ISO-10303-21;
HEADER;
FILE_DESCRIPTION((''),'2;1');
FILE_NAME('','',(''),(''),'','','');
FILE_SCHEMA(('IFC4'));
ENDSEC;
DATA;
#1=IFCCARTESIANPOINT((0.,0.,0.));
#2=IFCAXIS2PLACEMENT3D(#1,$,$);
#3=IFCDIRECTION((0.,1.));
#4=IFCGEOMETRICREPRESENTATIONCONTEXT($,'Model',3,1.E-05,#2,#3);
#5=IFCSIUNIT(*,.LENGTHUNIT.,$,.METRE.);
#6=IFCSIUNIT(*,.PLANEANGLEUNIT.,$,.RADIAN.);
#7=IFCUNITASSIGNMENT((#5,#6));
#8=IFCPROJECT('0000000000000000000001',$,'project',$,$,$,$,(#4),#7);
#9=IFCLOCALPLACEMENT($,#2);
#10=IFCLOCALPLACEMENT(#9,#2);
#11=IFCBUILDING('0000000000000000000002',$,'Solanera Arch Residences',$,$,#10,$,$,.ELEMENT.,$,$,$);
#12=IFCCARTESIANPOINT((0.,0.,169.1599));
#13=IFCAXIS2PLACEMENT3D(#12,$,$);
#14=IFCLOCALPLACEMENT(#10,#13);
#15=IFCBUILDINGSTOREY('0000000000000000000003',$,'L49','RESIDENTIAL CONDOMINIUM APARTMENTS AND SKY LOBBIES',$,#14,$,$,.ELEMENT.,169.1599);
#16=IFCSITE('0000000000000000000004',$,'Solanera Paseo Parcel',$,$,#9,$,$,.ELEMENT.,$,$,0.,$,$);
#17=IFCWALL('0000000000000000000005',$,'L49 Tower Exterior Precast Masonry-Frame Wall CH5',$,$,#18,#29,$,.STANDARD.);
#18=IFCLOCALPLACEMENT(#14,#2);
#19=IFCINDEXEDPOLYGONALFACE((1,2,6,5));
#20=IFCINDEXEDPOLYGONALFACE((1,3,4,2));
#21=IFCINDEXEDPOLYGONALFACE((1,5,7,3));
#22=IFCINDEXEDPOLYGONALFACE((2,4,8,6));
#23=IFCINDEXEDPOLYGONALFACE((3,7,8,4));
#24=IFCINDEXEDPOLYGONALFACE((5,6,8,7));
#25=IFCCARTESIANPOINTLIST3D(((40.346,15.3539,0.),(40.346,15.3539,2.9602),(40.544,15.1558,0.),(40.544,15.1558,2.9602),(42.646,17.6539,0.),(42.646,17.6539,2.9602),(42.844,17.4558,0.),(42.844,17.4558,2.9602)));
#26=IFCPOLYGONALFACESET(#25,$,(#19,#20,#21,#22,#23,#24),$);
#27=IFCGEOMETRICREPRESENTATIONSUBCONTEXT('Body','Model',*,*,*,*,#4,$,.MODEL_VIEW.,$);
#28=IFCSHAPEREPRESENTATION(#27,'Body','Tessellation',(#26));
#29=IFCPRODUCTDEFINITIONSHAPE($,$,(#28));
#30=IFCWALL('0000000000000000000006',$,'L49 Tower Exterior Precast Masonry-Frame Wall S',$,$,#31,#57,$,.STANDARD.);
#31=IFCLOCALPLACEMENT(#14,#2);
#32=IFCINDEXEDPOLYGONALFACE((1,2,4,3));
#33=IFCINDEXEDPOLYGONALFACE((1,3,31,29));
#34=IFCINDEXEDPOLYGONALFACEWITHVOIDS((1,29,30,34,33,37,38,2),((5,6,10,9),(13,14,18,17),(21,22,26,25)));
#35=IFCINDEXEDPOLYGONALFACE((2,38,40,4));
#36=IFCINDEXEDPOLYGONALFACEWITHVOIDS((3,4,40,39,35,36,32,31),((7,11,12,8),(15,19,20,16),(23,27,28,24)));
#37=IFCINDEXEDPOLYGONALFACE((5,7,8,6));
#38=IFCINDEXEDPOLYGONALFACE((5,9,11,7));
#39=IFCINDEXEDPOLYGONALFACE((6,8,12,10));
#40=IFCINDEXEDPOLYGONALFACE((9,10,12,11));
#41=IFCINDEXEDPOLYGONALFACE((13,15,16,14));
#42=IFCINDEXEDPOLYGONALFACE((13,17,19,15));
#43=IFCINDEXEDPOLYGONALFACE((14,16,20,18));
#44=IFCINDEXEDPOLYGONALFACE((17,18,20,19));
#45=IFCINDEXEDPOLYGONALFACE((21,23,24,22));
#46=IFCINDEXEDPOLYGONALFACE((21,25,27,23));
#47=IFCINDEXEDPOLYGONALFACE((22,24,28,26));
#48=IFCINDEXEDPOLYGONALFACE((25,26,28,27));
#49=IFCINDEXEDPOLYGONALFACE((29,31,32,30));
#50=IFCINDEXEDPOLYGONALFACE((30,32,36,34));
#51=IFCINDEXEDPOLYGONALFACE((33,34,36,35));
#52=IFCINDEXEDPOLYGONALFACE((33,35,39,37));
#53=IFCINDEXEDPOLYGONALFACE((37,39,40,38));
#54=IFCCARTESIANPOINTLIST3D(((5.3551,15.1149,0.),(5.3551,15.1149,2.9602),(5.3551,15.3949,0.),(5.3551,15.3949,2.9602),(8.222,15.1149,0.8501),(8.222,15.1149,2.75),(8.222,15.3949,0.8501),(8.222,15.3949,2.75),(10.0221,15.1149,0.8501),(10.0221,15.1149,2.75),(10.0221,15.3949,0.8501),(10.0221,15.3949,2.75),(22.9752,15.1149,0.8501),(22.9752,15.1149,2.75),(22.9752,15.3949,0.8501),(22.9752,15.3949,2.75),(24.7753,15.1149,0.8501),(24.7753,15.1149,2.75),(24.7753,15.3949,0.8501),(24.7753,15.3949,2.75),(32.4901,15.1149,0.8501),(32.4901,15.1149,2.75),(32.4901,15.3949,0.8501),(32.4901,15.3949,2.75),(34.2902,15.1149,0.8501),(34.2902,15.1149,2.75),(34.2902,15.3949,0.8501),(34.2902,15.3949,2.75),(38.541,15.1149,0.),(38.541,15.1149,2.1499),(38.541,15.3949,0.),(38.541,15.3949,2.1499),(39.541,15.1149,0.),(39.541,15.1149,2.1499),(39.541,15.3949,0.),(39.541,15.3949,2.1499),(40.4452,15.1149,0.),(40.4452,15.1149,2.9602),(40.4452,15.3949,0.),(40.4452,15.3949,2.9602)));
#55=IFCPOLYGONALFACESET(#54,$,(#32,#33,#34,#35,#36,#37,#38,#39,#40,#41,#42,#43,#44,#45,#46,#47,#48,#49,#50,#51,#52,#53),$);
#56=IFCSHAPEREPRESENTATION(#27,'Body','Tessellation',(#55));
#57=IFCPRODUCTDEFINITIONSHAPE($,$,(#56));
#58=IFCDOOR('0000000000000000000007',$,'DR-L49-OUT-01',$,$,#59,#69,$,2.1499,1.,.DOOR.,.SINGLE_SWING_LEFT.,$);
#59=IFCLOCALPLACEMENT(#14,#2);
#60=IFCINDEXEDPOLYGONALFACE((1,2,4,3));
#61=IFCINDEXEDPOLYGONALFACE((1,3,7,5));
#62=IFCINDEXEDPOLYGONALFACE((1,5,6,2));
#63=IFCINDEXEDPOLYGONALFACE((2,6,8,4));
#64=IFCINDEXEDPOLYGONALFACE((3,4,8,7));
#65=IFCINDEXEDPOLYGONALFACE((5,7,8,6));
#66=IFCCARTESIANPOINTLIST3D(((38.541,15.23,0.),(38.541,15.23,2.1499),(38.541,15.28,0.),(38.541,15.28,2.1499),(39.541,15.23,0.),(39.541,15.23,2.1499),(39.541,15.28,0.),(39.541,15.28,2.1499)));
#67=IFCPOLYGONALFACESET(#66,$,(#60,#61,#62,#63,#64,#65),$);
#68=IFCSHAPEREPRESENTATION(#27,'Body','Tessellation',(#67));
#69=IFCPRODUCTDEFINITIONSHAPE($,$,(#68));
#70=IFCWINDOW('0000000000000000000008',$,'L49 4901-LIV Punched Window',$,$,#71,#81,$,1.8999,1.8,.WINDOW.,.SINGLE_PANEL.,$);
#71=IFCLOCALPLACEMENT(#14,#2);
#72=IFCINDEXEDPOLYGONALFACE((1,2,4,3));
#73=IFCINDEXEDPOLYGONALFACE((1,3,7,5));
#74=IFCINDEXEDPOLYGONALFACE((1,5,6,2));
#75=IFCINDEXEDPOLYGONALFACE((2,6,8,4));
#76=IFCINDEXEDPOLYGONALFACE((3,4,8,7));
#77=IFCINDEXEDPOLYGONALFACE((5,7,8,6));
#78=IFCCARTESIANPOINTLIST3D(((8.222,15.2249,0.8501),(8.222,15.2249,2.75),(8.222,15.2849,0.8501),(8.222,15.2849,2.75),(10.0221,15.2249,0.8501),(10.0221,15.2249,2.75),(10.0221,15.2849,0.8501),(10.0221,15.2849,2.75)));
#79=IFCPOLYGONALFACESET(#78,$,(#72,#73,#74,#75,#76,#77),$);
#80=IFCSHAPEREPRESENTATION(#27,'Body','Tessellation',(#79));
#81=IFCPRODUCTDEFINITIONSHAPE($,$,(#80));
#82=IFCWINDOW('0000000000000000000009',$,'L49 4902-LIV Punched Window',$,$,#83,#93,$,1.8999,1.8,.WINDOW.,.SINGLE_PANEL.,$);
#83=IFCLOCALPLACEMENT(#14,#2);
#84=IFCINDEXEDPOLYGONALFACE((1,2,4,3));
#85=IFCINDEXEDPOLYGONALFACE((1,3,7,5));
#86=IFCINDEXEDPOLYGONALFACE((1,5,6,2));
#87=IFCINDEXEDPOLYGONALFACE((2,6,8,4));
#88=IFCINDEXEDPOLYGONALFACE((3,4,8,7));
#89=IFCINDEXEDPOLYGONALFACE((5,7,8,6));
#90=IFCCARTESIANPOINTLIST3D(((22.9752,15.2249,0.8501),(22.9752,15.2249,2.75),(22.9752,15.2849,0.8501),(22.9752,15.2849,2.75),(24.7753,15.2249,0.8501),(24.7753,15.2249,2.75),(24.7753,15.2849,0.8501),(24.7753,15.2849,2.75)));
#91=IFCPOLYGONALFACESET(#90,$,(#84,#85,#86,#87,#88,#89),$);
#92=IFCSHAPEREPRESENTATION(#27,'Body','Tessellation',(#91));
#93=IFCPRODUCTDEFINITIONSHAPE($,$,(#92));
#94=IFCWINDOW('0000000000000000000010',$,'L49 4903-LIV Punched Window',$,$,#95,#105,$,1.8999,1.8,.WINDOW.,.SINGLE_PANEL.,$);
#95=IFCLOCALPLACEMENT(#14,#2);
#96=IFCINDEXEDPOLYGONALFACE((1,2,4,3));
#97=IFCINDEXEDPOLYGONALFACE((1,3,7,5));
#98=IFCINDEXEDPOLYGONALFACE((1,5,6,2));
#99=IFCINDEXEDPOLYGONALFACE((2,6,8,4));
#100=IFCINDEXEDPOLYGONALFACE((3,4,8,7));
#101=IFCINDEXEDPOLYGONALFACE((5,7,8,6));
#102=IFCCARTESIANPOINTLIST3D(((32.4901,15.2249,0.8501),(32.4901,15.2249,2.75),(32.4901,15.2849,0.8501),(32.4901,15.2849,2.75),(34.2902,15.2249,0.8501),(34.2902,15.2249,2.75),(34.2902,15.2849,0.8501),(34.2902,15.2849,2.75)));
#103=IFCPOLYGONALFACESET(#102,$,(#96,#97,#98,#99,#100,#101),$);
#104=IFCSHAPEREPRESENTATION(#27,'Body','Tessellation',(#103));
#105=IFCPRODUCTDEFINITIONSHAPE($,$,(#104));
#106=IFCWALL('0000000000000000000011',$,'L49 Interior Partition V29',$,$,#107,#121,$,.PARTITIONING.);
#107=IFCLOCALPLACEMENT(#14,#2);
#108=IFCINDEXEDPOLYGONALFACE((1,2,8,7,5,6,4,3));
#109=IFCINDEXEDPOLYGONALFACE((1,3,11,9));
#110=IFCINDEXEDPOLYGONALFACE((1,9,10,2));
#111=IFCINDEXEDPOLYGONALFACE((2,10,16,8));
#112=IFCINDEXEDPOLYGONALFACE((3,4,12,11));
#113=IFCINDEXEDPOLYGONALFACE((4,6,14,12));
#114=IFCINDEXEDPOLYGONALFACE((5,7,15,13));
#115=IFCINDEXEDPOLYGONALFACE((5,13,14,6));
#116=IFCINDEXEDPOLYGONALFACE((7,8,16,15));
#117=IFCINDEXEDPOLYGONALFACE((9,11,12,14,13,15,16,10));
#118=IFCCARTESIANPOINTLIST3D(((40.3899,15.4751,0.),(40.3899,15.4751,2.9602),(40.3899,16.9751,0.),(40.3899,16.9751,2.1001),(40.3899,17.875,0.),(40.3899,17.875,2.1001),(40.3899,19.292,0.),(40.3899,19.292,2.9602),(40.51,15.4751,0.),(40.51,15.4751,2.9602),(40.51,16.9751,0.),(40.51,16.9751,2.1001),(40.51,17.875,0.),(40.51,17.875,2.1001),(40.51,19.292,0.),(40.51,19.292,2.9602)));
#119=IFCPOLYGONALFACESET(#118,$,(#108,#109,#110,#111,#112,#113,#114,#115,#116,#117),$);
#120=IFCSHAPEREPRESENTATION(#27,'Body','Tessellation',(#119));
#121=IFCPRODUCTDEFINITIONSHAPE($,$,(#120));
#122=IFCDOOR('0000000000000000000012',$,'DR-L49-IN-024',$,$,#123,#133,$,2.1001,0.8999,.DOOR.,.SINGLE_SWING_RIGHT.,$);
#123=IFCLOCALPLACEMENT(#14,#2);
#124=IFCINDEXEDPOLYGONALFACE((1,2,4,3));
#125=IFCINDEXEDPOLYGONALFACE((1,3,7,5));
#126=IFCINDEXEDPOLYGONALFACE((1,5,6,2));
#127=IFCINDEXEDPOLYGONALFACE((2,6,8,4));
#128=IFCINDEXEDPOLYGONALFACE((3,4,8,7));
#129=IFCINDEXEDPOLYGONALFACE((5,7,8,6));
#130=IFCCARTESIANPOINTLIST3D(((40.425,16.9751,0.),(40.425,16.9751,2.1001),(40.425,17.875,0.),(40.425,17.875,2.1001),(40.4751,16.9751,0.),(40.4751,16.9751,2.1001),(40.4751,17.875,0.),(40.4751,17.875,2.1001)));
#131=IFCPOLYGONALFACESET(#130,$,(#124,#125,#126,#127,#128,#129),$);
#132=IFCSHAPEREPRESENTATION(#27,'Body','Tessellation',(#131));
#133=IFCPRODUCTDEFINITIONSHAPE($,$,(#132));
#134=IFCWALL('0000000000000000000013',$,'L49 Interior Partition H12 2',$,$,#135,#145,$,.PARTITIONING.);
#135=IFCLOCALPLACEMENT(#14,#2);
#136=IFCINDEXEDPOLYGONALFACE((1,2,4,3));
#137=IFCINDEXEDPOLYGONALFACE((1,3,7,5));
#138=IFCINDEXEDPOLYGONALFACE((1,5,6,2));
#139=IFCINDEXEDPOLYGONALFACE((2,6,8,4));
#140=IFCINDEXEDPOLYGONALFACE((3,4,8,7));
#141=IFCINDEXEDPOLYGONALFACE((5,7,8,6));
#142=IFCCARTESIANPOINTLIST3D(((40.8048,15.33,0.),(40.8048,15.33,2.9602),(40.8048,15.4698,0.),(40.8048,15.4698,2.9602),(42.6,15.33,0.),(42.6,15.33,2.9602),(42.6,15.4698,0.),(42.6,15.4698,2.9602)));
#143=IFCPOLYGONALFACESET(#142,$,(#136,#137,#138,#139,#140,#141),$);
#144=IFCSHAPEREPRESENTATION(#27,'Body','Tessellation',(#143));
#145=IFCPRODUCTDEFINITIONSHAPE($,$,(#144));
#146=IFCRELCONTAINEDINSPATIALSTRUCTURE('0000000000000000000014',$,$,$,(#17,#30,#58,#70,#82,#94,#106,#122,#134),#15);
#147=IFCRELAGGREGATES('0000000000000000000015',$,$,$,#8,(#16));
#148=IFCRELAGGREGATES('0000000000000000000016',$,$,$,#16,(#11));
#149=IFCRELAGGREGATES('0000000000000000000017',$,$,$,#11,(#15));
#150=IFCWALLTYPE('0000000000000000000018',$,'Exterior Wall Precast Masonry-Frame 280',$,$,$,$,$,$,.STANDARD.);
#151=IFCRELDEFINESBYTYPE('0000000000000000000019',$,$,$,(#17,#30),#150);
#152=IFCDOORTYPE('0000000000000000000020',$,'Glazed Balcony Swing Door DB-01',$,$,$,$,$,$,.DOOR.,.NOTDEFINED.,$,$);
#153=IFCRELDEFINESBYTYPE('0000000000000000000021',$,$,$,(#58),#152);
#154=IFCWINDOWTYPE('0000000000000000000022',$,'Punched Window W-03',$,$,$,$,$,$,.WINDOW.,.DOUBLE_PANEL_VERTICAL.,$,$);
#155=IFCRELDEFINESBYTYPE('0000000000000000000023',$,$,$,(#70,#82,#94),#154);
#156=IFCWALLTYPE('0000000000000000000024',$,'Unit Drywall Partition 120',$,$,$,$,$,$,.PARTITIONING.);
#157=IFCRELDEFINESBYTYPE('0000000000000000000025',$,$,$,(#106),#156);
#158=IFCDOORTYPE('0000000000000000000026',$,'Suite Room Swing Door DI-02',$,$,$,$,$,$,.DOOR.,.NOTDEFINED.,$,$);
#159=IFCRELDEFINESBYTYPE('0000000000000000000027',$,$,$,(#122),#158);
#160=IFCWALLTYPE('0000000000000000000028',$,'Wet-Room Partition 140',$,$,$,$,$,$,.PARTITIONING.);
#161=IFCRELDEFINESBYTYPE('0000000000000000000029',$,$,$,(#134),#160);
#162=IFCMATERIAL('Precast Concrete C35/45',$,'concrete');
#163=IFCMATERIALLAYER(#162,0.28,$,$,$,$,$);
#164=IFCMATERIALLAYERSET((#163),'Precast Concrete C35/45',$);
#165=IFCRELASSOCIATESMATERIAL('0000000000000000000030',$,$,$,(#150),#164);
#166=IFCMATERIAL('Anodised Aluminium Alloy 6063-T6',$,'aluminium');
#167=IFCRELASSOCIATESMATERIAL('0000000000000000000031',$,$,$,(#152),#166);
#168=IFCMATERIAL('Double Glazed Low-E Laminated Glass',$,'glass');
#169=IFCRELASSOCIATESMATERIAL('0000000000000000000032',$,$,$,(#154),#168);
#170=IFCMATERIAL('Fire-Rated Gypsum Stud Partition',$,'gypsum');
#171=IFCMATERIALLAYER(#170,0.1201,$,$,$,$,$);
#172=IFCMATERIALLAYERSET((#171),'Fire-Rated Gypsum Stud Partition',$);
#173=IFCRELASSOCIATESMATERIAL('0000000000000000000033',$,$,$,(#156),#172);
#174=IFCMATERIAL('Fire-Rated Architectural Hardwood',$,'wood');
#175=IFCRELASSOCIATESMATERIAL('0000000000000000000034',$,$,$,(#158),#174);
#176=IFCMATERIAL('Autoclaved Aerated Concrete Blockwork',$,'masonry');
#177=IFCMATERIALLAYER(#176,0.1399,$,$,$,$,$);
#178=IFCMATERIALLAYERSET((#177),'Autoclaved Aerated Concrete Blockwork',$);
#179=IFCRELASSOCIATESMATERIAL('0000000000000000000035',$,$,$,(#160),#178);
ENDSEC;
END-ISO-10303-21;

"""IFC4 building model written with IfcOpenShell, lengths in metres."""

from ifc_helpers import new_model, si_unit, direction, frame, frame_2d, origin, place, context, subcontext, project, spatial, rectangle, extrude, material, layer, layer_set, type_object, element, fill, save


model = new_model("IFC4")

# Units and contexts
model_context = context("Model", 3, precision=1e-05, world=origin(), true_north=direction((0.0, 1.0)))
body_context = subcontext(model_context, "Body", "Model", "MODEL_VIEW")
ifc_project = project(units=[si_unit("LENGTHUNIT", "METRE"), si_unit("PLANEANGLEUNIT", "RADIAN")], contexts=[model_context])

# Site, building, storey
site_placement = place(None, origin())
site = spatial("IfcSite", under=ifc_project, at=site_placement, Name="Solanera Paseo Parcel", CompositionType="ELEMENT", RefElevation=0.0)
building_placement = place(site_placement, origin())
building = spatial("IfcBuilding", under=site, at=building_placement, Name="Solanera Arch Residences", CompositionType="ELEMENT")
storey_placement = place(building_placement, frame((0.0, 0.0, 169.1599)))
storey = spatial("IfcBuildingStorey", under=building, at=storey_placement, Name="L49", Description="RESIDENTIAL CONDOMINIUM APARTMENTS AND SKY LOBBIES", CompositionType="ELEMENT", Elevation=169.1599)

# Wall
ifc_material_1 = material(Name="Precast Concrete C35/45", Category="concrete")
ifc_layer_1 = layer(ifc_material_1, 0.28)
ifc_layer_set_1 = layer_set([ifc_layer_1], Name="Precast Concrete C35/45")
wall_type_1 = type_object("IfcWallType", Name="Exterior Wall Precast Masonry-Frame 280", PredefinedType="STANDARD", material=ifc_layer_set_1)
wall_1_placement = place(storey_placement, frame((42.7451, 17.5549, 0.0), z_axis=(0.0, 0.0, 1.0), x_axis=(-0.707107, -0.707107, 0.0)))
element("IfcWall", 1, at=wall_1_placement, inside=storey, type_object=wall_type_1, Name="L49 Tower Exterior Precast Masonry-Frame Wall CH5", PredefinedType="STANDARD", context=body_context, shape_type="SweptSolid", body=[
    extrude(rectangle(XDim=3.2527, YDim=0.28, at=frame_2d((1.6265, 0.0))), origin(), (0.0, 0.0, 1.0), 2.9602),
])

# Wall, openings, door, windows
wall_2_placement = place(storey_placement, frame((40.4451, 15.2549, 0.0), z_axis=(0.0, 0.0, 1.0), x_axis=(-1.0, 0.0, 0.0)))
wall_2 = element("IfcWall", 2, at=wall_2_placement, inside=storey, type_object=wall_type_1, Name="L49 Tower Exterior Precast Masonry-Frame Wall S", PredefinedType="STANDARD", context=body_context, shape_type="SweptSolid", body=[
    extrude(rectangle(XDim=35.0901, YDim=0.28, at=frame_2d((17.5449, 0.0))), origin(), (0.0, 0.0, 1.0), 2.9602),
])
opening_1_placement = place(wall_2_placement, frame((0.9041, 0.0, 0.0)))
opening_1 = element("IfcOpeningElement", 3, at=opening_1_placement, cuts=wall_2, PredefinedType="OPENING", context=body_context, shape_type="SweptSolid", body=[
    extrude(rectangle(XDim=1.0, YDim=2.1499, at=frame_2d((0.5, 1.075))), frame((0.0, 0.1499, 0.0), z_axis=(0.0, -1.0, 0.0), x_axis=(1.0, 0.0, 0.0)), (0.0, 0.0, 1.0), 0.3),
])
opening_2_placement = place(wall_2_placement, frame((30.4231, 0.0, 0.8501)))
opening_2 = element("IfcOpeningElement", 4, at=opening_2_placement, cuts=wall_2, PredefinedType="OPENING", context=body_context, shape_type="SweptSolid", body=[
    extrude(rectangle(XDim=1.8, YDim=1.8999, at=frame_2d((0.8999, 0.95))), frame((0.0, 0.1499, 0.0), z_axis=(0.0, -1.0, 0.0), x_axis=(1.0, 0.0, 0.0)), (0.0, 0.0, 1.0), 0.3),
])
opening_3_placement = place(wall_2_placement, frame((15.6699, 0.0, 0.8501)))
opening_3 = element("IfcOpeningElement", 5, at=opening_3_placement, cuts=wall_2, PredefinedType="OPENING", context=body_context, shape_type="SweptSolid", body=[
    extrude(rectangle(XDim=1.8, YDim=1.8999, at=frame_2d((0.8999, 0.95))), frame((0.0, 0.1499, 0.0), z_axis=(0.0, -1.0, 0.0), x_axis=(1.0, 0.0, 0.0)), (0.0, 0.0, 1.0), 0.3),
])
opening_4_placement = place(wall_2_placement, frame((6.155, 0.0, 0.8501)))
opening_4 = element("IfcOpeningElement", 6, at=opening_4_placement, cuts=wall_2, PredefinedType="OPENING", context=body_context, shape_type="SweptSolid", body=[
    extrude(rectangle(XDim=1.8, YDim=1.8999, at=frame_2d((0.8999, 0.95))), frame((0.0, 0.1499, 0.0), z_axis=(0.0, -1.0, 0.0), x_axis=(1.0, 0.0, 0.0)), (0.0, 0.0, 1.0), 0.3),
])
ifc_material_2 = material(Name="Anodised Aluminium Alloy 6063-T6", Category="aluminium")
door_type_1 = type_object("IfcDoorType", Name="Glazed Balcony Swing Door DB-01", OperationType="NOTDEFINED", PredefinedType="DOOR", material=ifc_material_2)
door_1_placement = place(opening_1_placement, origin())
door_1 = element("IfcDoor", 7, at=door_1_placement, inside=storey, type_object=door_type_1, Name="DR-L49-OUT-01", OperationType="SINGLE_SWING_LEFT", OverallHeight=2.1499, OverallWidth=1.0, PredefinedType="DOOR", context=body_context, shape_type="SweptSolid", body=[
    extrude(rectangle(XDim=1.0, YDim=2.1499, at=frame_2d((0.5, 1.075))), frame((0.0, 0.0249, 0.0), z_axis=(0.0, -1.0, 0.0), x_axis=(1.0, 0.0, 0.0)), (0.0, 0.0, 1.0), 0.05),
])
fill(opening_1, door_1)
ifc_material_3 = material(Name="Double Glazed Low-E Laminated Glass", Category="glass")
window_type = type_object("IfcWindowType", Name="Punched Window W-03", PartitioningType="DOUBLE_PANEL_VERTICAL", PredefinedType="WINDOW", material=ifc_material_3)
window_1_placement = place(opening_2_placement, origin())
window_1 = element("IfcWindow", 8, at=window_1_placement, inside=storey, type_object=window_type, Name="L49 4901-LIV Punched Window", OverallHeight=1.8999, OverallWidth=1.8, PartitioningType="SINGLE_PANEL", PredefinedType="WINDOW", context=body_context, shape_type="SweptSolid", body=[
    extrude(rectangle(XDim=1.8, YDim=1.8999, at=frame_2d((0.8999, 0.95))), frame((0.0, 0.03, 0.0), z_axis=(0.0, -1.0, 0.0), x_axis=(1.0, 0.0, 0.0)), (0.0, 0.0, 1.0), 0.0601),
])
fill(opening_2, window_1)
window_2_placement = place(opening_3_placement, origin())
window_2 = element("IfcWindow", 9, at=window_2_placement, inside=storey, type_object=window_type, Name="L49 4902-LIV Punched Window", OverallHeight=1.8999, OverallWidth=1.8, PartitioningType="SINGLE_PANEL", PredefinedType="WINDOW", context=body_context, shape_type="SweptSolid", body=[
    extrude(rectangle(XDim=1.8, YDim=1.8999, at=frame_2d((0.8999, 0.95))), frame((0.0, 0.03, 0.0), z_axis=(0.0, -1.0, 0.0), x_axis=(1.0, 0.0, 0.0)), (0.0, 0.0, 1.0), 0.0601),
])
fill(opening_3, window_2)
window_3_placement = place(opening_4_placement, origin())
window_3 = element("IfcWindow", 10, at=window_3_placement, inside=storey, type_object=window_type, Name="L49 4903-LIV Punched Window", OverallHeight=1.8999, OverallWidth=1.8, PartitioningType="SINGLE_PANEL", PredefinedType="WINDOW", context=body_context, shape_type="SweptSolid", body=[
    extrude(rectangle(XDim=1.8, YDim=1.8999, at=frame_2d((0.8999, 0.95))), frame((0.0, 0.03, 0.0), z_axis=(0.0, -1.0, 0.0), x_axis=(1.0, 0.0, 0.0)), (0.0, 0.0, 1.0), 0.0601),
])
fill(opening_4, window_3)

# Wall, opening, door
ifc_material_4 = material(Name="Fire-Rated Gypsum Stud Partition", Category="gypsum")
ifc_layer_2 = layer(ifc_material_4, 0.1201)
ifc_layer_set_2 = layer_set([ifc_layer_2], Name="Fire-Rated Gypsum Stud Partition")
wall_type_2 = type_object("IfcWallType", Name="Unit Drywall Partition 120", PredefinedType="PARTITIONING", material=ifc_layer_set_2)
wall_3_placement = place(storey_placement, frame((40.45, 15.4751, 0.0), z_axis=(0.0, 0.0, 1.0), x_axis=(0.0, 1.0, 0.0)))
wall_3 = element("IfcWall", 11, at=wall_3_placement, inside=storey, type_object=wall_type_2, Name="L49 Interior Partition V29", PredefinedType="PARTITIONING", context=body_context, shape_type="SweptSolid", body=[
    extrude(rectangle(XDim=3.8169, YDim=0.1201, at=frame_2d((1.9084, 0.0))), origin(), (0.0, 0.0, 1.0), 2.9602),
])
opening_5_placement = place(wall_3_placement, frame((1.5, 0.0, 0.0)))
opening_5 = element("IfcOpeningElement", 12, at=opening_5_placement, cuts=wall_3, PredefinedType="OPENING", context=body_context, shape_type="SweptSolid", body=[
    extrude(rectangle(XDim=0.8999, YDim=2.1001, at=frame_2d((0.45, 1.05))), frame((0.0, 0.0701, 0.0), z_axis=(0.0, -1.0, 0.0), x_axis=(1.0, 0.0, 0.0)), (0.0, 0.0, 1.0), 0.1401),
])
ifc_material_5 = material(Name="Fire-Rated Architectural Hardwood", Category="wood")
door_type_2 = type_object("IfcDoorType", Name="Suite Room Swing Door DI-02", OperationType="NOTDEFINED", PredefinedType="DOOR", material=ifc_material_5)
door_2_placement = place(opening_5_placement, origin())
door_2 = element("IfcDoor", 13, at=door_2_placement, inside=storey, type_object=door_type_2, Name="DR-L49-IN-024", OperationType="SINGLE_SWING_RIGHT", OverallHeight=2.1001, OverallWidth=0.8999, PredefinedType="DOOR", context=body_context, shape_type="SweptSolid", body=[
    extrude(rectangle(XDim=0.8999, YDim=2.1001, at=frame_2d((0.45, 1.05))), frame((0.0, 0.0249, 0.0), z_axis=(0.0, -1.0, 0.0), x_axis=(1.0, 0.0, 0.0)), (0.0, 0.0, 1.0), 0.05),
])
fill(opening_5, door_2)

# Wall
ifc_material_6 = material(Name="Autoclaved Aerated Concrete Blockwork", Category="masonry")
ifc_layer_3 = layer(ifc_material_6, 0.1399)
ifc_layer_set_3 = layer_set([ifc_layer_3], Name="Autoclaved Aerated Concrete Blockwork")
wall_type_3 = type_object("IfcWallType", Name="Wet-Room Partition 140", PredefinedType="PARTITIONING", material=ifc_layer_set_3)
wall_4_placement = place(storey_placement, frame((40.8049, 15.3999, 0.0), z_axis=(0.0, 0.0, 1.0), x_axis=(1.0, 0.0, 0.0)))
element("IfcWall", 14, at=wall_4_placement, inside=storey, type_object=wall_type_3, Name="L49 Interior Partition H12 2", PredefinedType="PARTITIONING", context=body_context, shape_type="SweptSolid", body=[
    extrude(rectangle(XDim=1.7952, YDim=0.1399, at=frame_2d((0.8975, 0.0))), origin(), (0.0, 0.0, 1.0), 2.9602),
])

save(model, "model.ifc")
